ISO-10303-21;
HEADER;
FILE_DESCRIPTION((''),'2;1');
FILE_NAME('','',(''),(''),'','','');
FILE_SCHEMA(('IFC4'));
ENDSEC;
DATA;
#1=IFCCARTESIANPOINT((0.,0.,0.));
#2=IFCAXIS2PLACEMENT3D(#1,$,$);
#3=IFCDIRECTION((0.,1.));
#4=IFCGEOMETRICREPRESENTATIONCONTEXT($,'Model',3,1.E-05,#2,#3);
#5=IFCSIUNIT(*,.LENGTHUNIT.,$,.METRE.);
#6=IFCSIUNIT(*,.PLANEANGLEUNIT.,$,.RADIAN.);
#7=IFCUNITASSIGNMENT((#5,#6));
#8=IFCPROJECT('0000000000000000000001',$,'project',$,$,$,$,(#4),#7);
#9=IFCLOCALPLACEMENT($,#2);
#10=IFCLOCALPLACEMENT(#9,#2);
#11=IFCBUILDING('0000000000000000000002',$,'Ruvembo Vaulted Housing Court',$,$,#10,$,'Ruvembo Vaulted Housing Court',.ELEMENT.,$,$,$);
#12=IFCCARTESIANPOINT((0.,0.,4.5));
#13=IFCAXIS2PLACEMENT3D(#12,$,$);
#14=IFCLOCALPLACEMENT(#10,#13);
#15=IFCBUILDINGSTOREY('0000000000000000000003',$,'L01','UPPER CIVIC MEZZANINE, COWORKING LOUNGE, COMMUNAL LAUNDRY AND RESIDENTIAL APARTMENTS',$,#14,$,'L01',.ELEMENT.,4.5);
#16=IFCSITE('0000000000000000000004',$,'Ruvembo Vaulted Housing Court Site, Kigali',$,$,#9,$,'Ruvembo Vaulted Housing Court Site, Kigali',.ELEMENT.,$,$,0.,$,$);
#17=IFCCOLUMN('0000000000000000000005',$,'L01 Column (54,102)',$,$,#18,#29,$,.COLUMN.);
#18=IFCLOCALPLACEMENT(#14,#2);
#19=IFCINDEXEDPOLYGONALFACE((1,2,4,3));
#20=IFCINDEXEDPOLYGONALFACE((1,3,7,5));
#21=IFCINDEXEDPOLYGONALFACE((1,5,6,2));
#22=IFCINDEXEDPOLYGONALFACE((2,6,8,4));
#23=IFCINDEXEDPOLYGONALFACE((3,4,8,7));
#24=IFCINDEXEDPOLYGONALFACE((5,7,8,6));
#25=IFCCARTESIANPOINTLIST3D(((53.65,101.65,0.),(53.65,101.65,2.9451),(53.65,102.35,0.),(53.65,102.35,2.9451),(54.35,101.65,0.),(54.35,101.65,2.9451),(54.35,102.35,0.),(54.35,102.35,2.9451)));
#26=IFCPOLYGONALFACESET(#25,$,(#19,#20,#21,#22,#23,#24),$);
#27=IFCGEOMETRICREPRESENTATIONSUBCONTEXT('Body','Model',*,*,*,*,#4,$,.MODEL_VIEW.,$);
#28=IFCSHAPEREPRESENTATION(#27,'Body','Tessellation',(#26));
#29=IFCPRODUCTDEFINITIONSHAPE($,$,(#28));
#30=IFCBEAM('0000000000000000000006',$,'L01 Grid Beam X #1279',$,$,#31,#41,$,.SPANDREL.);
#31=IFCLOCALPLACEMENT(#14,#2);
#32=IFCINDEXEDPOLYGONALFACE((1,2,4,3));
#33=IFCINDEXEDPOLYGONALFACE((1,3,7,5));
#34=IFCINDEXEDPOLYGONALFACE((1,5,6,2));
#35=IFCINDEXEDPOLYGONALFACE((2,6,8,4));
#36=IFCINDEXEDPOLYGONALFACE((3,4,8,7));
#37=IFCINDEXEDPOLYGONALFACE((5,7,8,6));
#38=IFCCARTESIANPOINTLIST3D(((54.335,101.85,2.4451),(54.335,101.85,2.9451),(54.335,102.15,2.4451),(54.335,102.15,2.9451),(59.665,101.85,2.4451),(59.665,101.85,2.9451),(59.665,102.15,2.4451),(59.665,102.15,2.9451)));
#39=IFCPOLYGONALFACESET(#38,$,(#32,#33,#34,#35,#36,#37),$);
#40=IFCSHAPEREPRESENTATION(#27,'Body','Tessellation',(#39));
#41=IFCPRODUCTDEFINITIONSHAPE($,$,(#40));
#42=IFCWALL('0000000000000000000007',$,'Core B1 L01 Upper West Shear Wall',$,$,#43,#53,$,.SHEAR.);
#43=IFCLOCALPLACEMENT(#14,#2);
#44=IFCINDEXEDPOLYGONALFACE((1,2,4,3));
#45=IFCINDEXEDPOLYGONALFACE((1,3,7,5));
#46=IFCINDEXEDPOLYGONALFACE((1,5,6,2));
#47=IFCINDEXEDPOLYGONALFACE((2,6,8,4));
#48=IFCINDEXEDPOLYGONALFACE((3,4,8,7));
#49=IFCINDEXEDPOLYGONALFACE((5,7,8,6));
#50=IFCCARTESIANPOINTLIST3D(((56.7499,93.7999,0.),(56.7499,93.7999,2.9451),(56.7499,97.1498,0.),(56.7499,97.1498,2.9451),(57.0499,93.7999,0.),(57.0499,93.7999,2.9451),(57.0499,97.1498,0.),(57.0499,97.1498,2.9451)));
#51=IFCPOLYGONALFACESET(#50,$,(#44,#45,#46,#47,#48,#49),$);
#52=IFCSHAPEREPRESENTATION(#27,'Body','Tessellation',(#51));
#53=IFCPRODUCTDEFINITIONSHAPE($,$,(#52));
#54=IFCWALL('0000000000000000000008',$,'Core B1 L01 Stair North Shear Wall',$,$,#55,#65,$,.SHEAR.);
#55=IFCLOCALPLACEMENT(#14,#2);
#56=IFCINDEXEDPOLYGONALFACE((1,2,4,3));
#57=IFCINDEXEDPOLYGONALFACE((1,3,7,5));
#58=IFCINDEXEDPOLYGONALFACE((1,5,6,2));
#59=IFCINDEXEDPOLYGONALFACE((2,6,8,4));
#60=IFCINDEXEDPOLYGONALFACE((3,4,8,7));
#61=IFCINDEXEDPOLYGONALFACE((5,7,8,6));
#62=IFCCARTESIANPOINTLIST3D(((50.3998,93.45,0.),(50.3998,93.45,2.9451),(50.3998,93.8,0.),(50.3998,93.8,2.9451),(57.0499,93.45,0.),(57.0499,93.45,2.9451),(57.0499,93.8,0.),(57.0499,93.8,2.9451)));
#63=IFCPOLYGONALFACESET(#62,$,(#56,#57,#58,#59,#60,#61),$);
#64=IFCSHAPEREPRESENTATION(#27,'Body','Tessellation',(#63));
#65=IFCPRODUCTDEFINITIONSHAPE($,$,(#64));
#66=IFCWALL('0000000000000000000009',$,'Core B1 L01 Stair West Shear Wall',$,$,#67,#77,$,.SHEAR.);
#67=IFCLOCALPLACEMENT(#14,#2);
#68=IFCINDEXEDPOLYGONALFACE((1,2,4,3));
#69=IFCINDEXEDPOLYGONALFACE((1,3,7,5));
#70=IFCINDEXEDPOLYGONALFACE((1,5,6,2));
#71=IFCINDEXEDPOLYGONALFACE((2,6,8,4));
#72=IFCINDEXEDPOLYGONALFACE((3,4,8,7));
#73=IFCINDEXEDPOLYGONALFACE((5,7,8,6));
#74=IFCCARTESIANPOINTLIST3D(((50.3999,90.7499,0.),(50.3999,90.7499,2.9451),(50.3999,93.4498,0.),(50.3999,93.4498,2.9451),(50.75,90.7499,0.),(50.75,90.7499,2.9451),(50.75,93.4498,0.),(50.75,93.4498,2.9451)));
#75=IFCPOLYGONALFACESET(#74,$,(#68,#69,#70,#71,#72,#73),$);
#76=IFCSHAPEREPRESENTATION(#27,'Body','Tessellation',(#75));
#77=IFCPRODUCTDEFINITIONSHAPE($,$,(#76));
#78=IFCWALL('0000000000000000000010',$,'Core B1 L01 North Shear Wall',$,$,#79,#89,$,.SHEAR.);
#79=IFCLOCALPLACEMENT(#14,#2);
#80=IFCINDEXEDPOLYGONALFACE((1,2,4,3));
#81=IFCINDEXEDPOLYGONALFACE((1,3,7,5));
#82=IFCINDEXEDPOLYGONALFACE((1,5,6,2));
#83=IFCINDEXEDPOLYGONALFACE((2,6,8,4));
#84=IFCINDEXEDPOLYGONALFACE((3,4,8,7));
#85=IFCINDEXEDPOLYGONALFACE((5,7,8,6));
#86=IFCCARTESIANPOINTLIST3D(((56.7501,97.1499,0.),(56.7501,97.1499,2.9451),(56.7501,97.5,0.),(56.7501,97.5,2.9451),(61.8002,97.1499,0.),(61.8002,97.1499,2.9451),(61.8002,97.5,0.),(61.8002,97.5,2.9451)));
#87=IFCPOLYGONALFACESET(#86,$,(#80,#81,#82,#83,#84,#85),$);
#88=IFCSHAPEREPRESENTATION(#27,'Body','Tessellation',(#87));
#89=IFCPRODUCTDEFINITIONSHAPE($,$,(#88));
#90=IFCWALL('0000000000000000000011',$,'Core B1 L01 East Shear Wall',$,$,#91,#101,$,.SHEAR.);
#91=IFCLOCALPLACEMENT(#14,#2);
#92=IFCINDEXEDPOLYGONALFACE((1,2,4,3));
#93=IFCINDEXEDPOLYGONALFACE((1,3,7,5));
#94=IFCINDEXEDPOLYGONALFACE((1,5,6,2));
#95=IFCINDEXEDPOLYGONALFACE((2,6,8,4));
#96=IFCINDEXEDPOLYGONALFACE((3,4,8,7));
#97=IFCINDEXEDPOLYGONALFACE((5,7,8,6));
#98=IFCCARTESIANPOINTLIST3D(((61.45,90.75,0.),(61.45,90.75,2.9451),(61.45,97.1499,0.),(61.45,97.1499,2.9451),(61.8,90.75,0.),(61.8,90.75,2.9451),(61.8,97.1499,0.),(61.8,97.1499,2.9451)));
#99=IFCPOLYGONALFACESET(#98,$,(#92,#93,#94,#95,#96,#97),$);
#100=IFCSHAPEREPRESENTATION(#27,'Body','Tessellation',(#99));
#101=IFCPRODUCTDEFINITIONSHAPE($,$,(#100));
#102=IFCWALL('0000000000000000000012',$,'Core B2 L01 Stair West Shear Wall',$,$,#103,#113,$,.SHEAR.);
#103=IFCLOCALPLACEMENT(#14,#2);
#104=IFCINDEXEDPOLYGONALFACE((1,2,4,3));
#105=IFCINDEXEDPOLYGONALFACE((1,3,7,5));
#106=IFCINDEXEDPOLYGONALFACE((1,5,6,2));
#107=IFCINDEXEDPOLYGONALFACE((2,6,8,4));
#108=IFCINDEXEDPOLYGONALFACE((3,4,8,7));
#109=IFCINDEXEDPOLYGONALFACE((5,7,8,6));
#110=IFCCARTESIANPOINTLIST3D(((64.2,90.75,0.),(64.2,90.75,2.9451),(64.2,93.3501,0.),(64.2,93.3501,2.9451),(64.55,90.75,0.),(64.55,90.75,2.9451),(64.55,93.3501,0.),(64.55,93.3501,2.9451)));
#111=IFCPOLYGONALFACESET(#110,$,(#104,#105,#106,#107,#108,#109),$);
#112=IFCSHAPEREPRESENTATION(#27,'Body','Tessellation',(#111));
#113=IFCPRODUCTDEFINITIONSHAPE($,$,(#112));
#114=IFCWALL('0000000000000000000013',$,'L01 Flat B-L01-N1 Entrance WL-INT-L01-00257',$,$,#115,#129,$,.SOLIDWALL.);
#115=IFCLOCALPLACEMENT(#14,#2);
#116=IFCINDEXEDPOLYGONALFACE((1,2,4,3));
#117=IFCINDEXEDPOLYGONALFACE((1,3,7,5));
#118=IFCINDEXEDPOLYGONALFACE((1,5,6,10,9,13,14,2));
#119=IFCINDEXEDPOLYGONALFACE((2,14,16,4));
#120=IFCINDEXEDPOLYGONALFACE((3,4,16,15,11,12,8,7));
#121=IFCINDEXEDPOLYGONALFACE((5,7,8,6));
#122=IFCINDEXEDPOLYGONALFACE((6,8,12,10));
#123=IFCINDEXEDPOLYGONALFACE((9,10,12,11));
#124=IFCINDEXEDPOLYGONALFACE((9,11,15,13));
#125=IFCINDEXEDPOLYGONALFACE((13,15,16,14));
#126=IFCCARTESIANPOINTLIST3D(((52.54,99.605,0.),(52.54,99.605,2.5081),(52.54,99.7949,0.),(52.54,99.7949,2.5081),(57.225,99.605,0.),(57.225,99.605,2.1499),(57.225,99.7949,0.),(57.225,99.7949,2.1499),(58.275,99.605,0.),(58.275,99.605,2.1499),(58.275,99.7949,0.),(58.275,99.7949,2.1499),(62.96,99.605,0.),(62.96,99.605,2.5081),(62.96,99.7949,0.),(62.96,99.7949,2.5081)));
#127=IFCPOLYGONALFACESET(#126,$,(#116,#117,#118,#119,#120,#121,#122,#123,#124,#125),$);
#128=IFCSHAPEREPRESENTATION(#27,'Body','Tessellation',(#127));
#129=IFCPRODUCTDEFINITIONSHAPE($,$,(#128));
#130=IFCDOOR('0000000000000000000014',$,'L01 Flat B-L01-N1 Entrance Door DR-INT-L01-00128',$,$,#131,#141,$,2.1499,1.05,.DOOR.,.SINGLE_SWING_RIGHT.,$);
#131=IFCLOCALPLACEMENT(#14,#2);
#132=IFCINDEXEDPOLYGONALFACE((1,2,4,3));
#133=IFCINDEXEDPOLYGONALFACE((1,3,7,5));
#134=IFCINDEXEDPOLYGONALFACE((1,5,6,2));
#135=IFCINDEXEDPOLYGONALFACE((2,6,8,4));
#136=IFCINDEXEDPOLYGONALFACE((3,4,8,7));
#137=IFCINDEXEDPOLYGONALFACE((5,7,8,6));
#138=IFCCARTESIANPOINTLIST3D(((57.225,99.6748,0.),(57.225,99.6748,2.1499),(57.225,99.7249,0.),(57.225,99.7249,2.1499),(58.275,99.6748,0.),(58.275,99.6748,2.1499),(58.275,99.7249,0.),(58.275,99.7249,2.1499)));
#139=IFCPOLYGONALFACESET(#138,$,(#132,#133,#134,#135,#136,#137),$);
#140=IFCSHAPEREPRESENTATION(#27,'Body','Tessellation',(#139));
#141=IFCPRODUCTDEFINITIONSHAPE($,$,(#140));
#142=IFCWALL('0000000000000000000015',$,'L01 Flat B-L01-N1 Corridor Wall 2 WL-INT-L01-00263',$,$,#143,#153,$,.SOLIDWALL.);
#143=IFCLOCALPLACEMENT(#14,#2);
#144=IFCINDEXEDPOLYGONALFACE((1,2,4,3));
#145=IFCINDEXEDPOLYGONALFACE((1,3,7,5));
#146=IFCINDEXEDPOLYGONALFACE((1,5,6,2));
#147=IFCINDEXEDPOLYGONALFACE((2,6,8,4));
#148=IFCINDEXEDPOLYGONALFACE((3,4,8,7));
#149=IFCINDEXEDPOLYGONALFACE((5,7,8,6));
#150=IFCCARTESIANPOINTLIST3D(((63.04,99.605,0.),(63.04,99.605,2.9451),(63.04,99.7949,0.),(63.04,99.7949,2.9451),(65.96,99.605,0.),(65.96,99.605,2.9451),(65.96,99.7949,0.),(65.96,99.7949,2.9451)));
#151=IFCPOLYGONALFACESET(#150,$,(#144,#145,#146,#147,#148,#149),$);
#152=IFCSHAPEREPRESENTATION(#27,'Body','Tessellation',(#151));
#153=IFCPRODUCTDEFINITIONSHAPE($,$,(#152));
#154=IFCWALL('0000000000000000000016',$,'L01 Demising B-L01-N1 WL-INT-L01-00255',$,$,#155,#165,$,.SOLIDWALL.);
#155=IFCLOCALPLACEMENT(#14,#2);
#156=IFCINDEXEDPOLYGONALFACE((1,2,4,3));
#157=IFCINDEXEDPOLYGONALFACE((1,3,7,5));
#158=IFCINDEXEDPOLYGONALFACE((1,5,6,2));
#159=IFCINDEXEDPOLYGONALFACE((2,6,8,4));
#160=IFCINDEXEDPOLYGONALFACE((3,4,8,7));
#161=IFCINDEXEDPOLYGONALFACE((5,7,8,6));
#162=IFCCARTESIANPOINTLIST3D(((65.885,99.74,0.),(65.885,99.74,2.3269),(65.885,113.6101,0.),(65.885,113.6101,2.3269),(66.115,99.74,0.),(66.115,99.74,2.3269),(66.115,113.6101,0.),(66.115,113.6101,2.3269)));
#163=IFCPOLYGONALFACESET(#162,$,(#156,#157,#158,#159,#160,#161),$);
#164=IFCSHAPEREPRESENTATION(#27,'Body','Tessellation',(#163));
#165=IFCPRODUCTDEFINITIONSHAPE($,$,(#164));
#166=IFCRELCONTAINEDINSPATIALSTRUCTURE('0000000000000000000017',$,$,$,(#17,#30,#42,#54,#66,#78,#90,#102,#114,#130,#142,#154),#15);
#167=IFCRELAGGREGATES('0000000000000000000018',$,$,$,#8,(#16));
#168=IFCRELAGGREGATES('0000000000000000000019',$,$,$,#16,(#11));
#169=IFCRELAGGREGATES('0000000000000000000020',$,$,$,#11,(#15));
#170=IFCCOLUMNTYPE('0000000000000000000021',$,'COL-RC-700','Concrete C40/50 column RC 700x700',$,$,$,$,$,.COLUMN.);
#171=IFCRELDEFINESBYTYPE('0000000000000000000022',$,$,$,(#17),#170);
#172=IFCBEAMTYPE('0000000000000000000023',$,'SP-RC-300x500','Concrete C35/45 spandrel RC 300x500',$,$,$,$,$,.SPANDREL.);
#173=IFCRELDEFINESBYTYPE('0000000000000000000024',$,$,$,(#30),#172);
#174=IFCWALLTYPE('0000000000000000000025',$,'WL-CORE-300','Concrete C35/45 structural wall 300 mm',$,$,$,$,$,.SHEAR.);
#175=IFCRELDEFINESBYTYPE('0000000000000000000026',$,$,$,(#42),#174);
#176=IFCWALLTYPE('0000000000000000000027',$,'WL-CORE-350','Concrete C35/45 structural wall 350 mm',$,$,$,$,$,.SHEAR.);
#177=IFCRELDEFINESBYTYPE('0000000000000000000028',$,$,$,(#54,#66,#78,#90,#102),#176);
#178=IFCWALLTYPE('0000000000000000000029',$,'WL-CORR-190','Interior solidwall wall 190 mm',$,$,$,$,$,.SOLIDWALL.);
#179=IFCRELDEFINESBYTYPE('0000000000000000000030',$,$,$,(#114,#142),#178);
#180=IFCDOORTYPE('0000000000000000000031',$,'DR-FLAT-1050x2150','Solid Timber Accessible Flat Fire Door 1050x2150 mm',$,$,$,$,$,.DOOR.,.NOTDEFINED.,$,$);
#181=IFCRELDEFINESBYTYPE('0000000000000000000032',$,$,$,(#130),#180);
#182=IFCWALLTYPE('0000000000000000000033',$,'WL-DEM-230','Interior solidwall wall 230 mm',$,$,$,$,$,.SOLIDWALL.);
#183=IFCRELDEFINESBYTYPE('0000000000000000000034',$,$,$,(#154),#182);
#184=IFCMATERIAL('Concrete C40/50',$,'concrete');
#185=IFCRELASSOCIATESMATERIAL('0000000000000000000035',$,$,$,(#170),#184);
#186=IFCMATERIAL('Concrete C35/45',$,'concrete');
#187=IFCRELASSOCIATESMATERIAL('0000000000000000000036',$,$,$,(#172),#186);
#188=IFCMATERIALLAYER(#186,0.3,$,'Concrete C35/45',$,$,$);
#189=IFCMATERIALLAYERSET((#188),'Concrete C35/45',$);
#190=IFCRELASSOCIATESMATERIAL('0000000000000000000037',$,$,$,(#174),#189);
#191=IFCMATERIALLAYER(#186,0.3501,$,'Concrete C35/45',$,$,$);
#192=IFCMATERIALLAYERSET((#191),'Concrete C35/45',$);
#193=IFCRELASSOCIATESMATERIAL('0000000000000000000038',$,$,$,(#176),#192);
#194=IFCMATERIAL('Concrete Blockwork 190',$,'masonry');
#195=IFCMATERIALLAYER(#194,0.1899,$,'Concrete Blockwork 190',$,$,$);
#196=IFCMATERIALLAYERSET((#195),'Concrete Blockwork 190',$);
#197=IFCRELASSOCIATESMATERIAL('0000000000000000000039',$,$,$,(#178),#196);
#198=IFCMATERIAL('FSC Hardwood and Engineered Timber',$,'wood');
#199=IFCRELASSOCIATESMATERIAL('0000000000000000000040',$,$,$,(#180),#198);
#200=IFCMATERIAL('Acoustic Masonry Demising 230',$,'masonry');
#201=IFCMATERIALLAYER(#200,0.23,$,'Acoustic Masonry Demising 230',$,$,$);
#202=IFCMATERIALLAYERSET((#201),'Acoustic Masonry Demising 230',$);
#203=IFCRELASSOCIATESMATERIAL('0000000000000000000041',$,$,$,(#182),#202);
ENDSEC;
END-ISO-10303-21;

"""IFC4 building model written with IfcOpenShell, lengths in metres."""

from ifc_helpers import new_model, si_unit, direction, frame, frame_2d, origin, origin_2d, place, context, subcontext, project, spatial, rectangle, extrude, material, layer, layer_set, material_profile, profile_set, type_object, element, fill, save


model = new_model("IFC4")

# Units and contexts
model_context = context("Model", 3, precision=1e-05, world=origin(), true_north=direction((0.0, 1.0)))
body_context = subcontext(model_context, "Body", "Model", "MODEL_VIEW")
ifc_project = project(units=[si_unit("LENGTHUNIT", "METRE"), si_unit("PLANEANGLEUNIT", "RADIAN")], contexts=[model_context])

# Site, building, storey
site_placement = place(None, origin())
site = spatial("IfcSite", under=ifc_project, at=site_placement, Name="Ruvembo Vaulted Housing Court Site, Kigali", LongName="Ruvembo Vaulted Housing Court Site, Kigali", CompositionType="ELEMENT", RefElevation=0.0)
building_placement = place(site_placement, origin())
building = spatial("IfcBuilding", under=site, at=building_placement, Name="Ruvembo Vaulted Housing Court", LongName="Ruvembo Vaulted Housing Court", CompositionType="ELEMENT")
storey_placement = place(building_placement, frame((0.0, 0.0, 4.5)))
storey = spatial("IfcBuildingStorey", under=building, at=storey_placement, Name="L01", Description="UPPER CIVIC MEZZANINE, COWORKING LOUNGE, COMMUNAL LAUNDRY AND RESIDENTIAL APARTMENTS", LongName="L01", CompositionType="ELEMENT", Elevation=4.5)

# Column
ifc_material_1 = material(Name="Concrete C40/50", Category="concrete")
ifc_material_profile_1 = material_profile(ifc_material_1, rectangle(XDim=0.7, YDim=0.7, at=origin_2d()), Name="RC 700x700")
ifc_profile_set_1 = profile_set([ifc_material_profile_1], Name="Concrete C40/50")
column_type = type_object("IfcColumnType", Name="COL-RC-700", Description="Concrete C40/50 column RC 700x700", PredefinedType="COLUMN", material=ifc_profile_set_1)
column_placement = place(storey_placement, frame((54.0, 102.0, 0.0), z_axis=(0.0, 0.0, 1.0), x_axis=(1.0, 0.0, 0.0)))
element("IfcColumn", 1, at=column_placement, inside=storey, type_object=column_type, Name="L01 Column (54,102)", PredefinedType="COLUMN", context=body_context, shape_type="SweptSolid", body=[
    extrude(rectangle(XDim=0.7, YDim=0.7, at=origin_2d()), origin(), (0.0, 0.0, 1.0), 2.9451),
])

# Beam
ifc_material_2 = material(Name="Concrete C35/45", Category="concrete")
ifc_material_profile_2 = material_profile(ifc_material_2, rectangle(XDim=0.3, YDim=0.5, at=origin_2d()), Name="RC 300x500")
ifc_profile_set_2 = profile_set([ifc_material_profile_2], Name="Concrete C35/45")
beam_type = type_object("IfcBeamType", Name="SP-RC-300x500", Description="Concrete C35/45 spandrel RC 300x500", PredefinedType="SPANDREL", material=ifc_profile_set_2)
beam_placement = place(storey_placement, frame((54.335, 102.0, 2.6951), z_axis=(1.0, 0.0, 0.0), x_axis=(0.0, 1.0, 0.0)))
element("IfcBeam", 2, at=beam_placement, inside=storey, type_object=beam_type, Name="L01 Grid Beam X #1279", PredefinedType="SPANDREL", context=body_context, shape_type="SweptSolid", body=[
    extrude(rectangle(XDim=0.3, YDim=0.5, at=origin_2d()), origin(), (0.0, 0.0, 1.0), 5.3301),
])

# Walls
ifc_layer_1 = layer(ifc_material_2, 0.3, Name="Concrete C35/45")
ifc_layer_set_1 = layer_set([ifc_layer_1], Name="Concrete C35/45")
wall_type_1 = type_object("IfcWallType", Name="WL-CORE-300", Description="Concrete C35/45 structural wall 300 mm", PredefinedType="SHEAR", material=ifc_layer_set_1)
wall_1_placement = place(storey_placement, frame((56.8999, 93.8, 0.0), z_axis=(0.0, 0.0, 1.0), x_axis=(0.0, 1.0, 0.0)))
element("IfcWall", 3, at=wall_1_placement, inside=storey, type_object=wall_type_1, Name="Core B1 L01 Upper West Shear Wall", PredefinedType="SHEAR", context=body_context, shape_type="SweptSolid", body=[
    extrude(rectangle(XDim=3.3499, YDim=0.3, at=frame_2d((1.6748, 0.0))), origin(), (0.0, 0.0, 1.0), 2.9451),
])
ifc_layer_2 = layer(ifc_material_2, 0.3501, Name="Concrete C35/45")
ifc_layer_set_2 = layer_set([ifc_layer_2], Name="Concrete C35/45")
wall_type_2 = type_object("IfcWallType", Name="WL-CORE-350", Description="Concrete C35/45 structural wall 350 mm", PredefinedType="SHEAR", material=ifc_layer_set_2)
wall_2_placement = place(storey_placement, frame((57.05, 93.625, 0.0), z_axis=(0.0, 0.0, 1.0), x_axis=(-1.0, 0.0, 0.0)))
element("IfcWall", 4, at=wall_2_placement, inside=storey, type_object=wall_type_2, Name="Core B1 L01 Stair North Shear Wall", PredefinedType="SHEAR", context=body_context, shape_type="SweptSolid", body=[
    extrude(rectangle(XDim=6.6501, YDim=0.3501, at=frame_2d((3.3252, 0.0))), origin(), (0.0, 0.0, 1.0), 2.9451),
])
wall_3_placement = place(storey_placement, frame((50.575, 93.45, 0.0), z_axis=(0.0, 0.0, 1.0), x_axis=(0.0, -1.0, 0.0)))
element("IfcWall", 5, at=wall_3_placement, inside=storey, type_object=wall_type_2, Name="Core B1 L01 Stair West Shear Wall", PredefinedType="SHEAR", context=body_context, shape_type="SweptSolid", body=[
    extrude(rectangle(XDim=2.7, YDim=0.3501, at=frame_2d((1.3501, 0.0))), origin(), (0.0, 0.0, 1.0), 2.9451),
])
wall_4_placement = place(storey_placement, frame((61.8, 97.325, 0.0), z_axis=(0.0, 0.0, 1.0), x_axis=(-1.0, 0.0, 0.0)))
element("IfcWall", 6, at=wall_4_placement, inside=storey, type_object=wall_type_2, Name="Core B1 L01 North Shear Wall", PredefinedType="SHEAR", context=body_context, shape_type="SweptSolid", body=[
    extrude(rectangle(XDim=5.05, YDim=0.3501, at=frame_2d((2.5249, 0.0))), origin(), (0.0, 0.0, 1.0), 2.9451),
])
wall_5_placement = place(storey_placement, frame((61.625, 90.75, 0.0), z_axis=(0.0, 0.0, 1.0), x_axis=(0.0, 1.0, 0.0)))
element("IfcWall", 7, at=wall_5_placement, inside=storey, type_object=wall_type_2, Name="Core B1 L01 East Shear Wall", PredefinedType="SHEAR", context=body_context, shape_type="SweptSolid", body=[
    extrude(rectangle(XDim=6.3999, YDim=0.3501, at=frame_2d((3.2, 0.0))), origin(), (0.0, 0.0, 1.0), 2.9451),
])
wall_6_placement = place(storey_placement, frame((64.375, 93.3501, 0.0), z_axis=(0.0, 0.0, 1.0), x_axis=(0.0, -1.0, 0.0)))
element("IfcWall", 8, at=wall_6_placement, inside=storey, type_object=wall_type_2, Name="Core B2 L01 Stair West Shear Wall", PredefinedType="SHEAR", context=body_context, shape_type="SweptSolid", body=[
    extrude(rectangle(XDim=2.6001, YDim=0.3501, at=frame_2d((1.3, 0.0))), origin(), (0.0, 0.0, 1.0), 2.9451),
])

# Wall, opening, door
ifc_material_3 = material(Name="Concrete Blockwork 190", Category="masonry")
ifc_layer_3 = layer(ifc_material_3, 0.1899, Name="Concrete Blockwork 190")
ifc_layer_set_3 = layer_set([ifc_layer_3], Name="Concrete Blockwork 190")
wall_type_3 = type_object("IfcWallType", Name="WL-CORR-190", Description="Interior solidwall wall 190 mm", PredefinedType="SOLIDWALL", material=ifc_layer_set_3)
wall_7_placement = place(storey_placement, frame((52.54, 99.7, 0.0), z_axis=(0.0, 0.0, 1.0), x_axis=(1.0, 0.0, 0.0)))
wall_7 = element("IfcWall", 9, at=wall_7_placement, inside=storey, type_object=wall_type_3, Name="L01 Flat B-L01-N1 Entrance WL-INT-L01-00257", PredefinedType="SOLIDWALL", context=body_context, shape_type="SweptSolid", body=[
    extrude(rectangle(XDim=10.4199, YDim=0.1899, at=frame_2d((5.21, 0.0))), origin(), (0.0, 0.0, 1.0), 2.5081),
])
opening_1_placement = place(wall_7_placement, frame((4.6851, 0.0, 0.0)))
opening_1 = element("IfcOpeningElement", 10, at=opening_1_placement, cuts=wall_7, PredefinedType="OPENING", context=body_context, shape_type="SweptSolid", body=[
    extrude(rectangle(XDim=1.05, YDim=2.1499, at=frame_2d((0.5249, 1.075))), frame((0.0, 0.105, 0.0), z_axis=(0.0, -1.0, 0.0), x_axis=(1.0, 0.0, 0.0)), (0.0, 0.0, 1.0), 0.21),
])
ifc_material_4 = material(Name="FSC Hardwood and Engineered Timber", Category="wood")
door_type_1 = type_object("IfcDoorType", Name="DR-FLAT-1050x2150", Description="Solid Timber Accessible Flat Fire Door 1050x2150 mm", OperationType="NOTDEFINED", PredefinedType="DOOR", material=ifc_material_4)
door_1_placement = place(opening_1_placement, origin())
door_1 = element("IfcDoor", 11, at=door_1_placement, inside=storey, type_object=door_type_1, Name="L01 Flat B-L01-N1 Entrance Door DR-INT-L01-00128", OperationType="SINGLE_SWING_RIGHT", OverallHeight=2.1499, OverallWidth=1.05, PredefinedType="DOOR", context=body_context, shape_type="SweptSolid", body=[
    extrude(rectangle(XDim=1.05, YDim=2.1499, at=frame_2d((0.5249, 1.075))), frame((0.0, 0.0249, 0.0), z_axis=(0.0, -1.0, 0.0), x_axis=(1.0, 0.0, 0.0)), (0.0, 0.0, 1.0), 0.05),
])
fill(opening_1, door_1)

# Walls
wall_8_placement = place(storey_placement, frame((63.04, 99.7, 0.0), z_axis=(0.0, 0.0, 1.0), x_axis=(1.0, 0.0, 0.0)))
element("IfcWall", 12, at=wall_8_placement, inside=storey, type_object=wall_type_3, Name="L01 Flat B-L01-N1 Corridor Wall 2 WL-INT-L01-00263", PredefinedType="SOLIDWALL", context=body_context, shape_type="SweptSolid", body=[
    extrude(rectangle(XDim=2.9199, YDim=0.1899, at=frame_2d((1.46, 0.0))), origin(), (0.0, 0.0, 1.0), 2.9451),
])
ifc_material_5 = material(Name="Acoustic Masonry Demising 230", Category="masonry")
ifc_layer_4 = layer(ifc_material_5, 0.23, Name="Acoustic Masonry Demising 230")
ifc_layer_set_4 = layer_set([ifc_layer_4], Name="Acoustic Masonry Demising 230")
wall_type_4 = type_object("IfcWallType", Name="WL-DEM-230", Description="Interior solidwall wall 230 mm", PredefinedType="SOLIDWALL", material=ifc_layer_set_4)
wall_9_placement = place(storey_placement, frame((66.0, 99.74, 0.0), z_axis=(0.0, 0.0, 1.0), x_axis=(0.0, 1.0, 0.0)))
element("IfcWall", 13, at=wall_9_placement, inside=storey, type_object=wall_type_4, Name="L01 Demising B-L01-N1 WL-INT-L01-00255", PredefinedType="SOLIDWALL", context=body_context, shape_type="SweptSolid", body=[
    extrude(rectangle(XDim=13.8701, YDim=0.23, at=frame_2d((6.9351, 0.0))), origin(), (0.0, 0.0, 1.0), 2.3269),
])

save(model, "model.ifc")
